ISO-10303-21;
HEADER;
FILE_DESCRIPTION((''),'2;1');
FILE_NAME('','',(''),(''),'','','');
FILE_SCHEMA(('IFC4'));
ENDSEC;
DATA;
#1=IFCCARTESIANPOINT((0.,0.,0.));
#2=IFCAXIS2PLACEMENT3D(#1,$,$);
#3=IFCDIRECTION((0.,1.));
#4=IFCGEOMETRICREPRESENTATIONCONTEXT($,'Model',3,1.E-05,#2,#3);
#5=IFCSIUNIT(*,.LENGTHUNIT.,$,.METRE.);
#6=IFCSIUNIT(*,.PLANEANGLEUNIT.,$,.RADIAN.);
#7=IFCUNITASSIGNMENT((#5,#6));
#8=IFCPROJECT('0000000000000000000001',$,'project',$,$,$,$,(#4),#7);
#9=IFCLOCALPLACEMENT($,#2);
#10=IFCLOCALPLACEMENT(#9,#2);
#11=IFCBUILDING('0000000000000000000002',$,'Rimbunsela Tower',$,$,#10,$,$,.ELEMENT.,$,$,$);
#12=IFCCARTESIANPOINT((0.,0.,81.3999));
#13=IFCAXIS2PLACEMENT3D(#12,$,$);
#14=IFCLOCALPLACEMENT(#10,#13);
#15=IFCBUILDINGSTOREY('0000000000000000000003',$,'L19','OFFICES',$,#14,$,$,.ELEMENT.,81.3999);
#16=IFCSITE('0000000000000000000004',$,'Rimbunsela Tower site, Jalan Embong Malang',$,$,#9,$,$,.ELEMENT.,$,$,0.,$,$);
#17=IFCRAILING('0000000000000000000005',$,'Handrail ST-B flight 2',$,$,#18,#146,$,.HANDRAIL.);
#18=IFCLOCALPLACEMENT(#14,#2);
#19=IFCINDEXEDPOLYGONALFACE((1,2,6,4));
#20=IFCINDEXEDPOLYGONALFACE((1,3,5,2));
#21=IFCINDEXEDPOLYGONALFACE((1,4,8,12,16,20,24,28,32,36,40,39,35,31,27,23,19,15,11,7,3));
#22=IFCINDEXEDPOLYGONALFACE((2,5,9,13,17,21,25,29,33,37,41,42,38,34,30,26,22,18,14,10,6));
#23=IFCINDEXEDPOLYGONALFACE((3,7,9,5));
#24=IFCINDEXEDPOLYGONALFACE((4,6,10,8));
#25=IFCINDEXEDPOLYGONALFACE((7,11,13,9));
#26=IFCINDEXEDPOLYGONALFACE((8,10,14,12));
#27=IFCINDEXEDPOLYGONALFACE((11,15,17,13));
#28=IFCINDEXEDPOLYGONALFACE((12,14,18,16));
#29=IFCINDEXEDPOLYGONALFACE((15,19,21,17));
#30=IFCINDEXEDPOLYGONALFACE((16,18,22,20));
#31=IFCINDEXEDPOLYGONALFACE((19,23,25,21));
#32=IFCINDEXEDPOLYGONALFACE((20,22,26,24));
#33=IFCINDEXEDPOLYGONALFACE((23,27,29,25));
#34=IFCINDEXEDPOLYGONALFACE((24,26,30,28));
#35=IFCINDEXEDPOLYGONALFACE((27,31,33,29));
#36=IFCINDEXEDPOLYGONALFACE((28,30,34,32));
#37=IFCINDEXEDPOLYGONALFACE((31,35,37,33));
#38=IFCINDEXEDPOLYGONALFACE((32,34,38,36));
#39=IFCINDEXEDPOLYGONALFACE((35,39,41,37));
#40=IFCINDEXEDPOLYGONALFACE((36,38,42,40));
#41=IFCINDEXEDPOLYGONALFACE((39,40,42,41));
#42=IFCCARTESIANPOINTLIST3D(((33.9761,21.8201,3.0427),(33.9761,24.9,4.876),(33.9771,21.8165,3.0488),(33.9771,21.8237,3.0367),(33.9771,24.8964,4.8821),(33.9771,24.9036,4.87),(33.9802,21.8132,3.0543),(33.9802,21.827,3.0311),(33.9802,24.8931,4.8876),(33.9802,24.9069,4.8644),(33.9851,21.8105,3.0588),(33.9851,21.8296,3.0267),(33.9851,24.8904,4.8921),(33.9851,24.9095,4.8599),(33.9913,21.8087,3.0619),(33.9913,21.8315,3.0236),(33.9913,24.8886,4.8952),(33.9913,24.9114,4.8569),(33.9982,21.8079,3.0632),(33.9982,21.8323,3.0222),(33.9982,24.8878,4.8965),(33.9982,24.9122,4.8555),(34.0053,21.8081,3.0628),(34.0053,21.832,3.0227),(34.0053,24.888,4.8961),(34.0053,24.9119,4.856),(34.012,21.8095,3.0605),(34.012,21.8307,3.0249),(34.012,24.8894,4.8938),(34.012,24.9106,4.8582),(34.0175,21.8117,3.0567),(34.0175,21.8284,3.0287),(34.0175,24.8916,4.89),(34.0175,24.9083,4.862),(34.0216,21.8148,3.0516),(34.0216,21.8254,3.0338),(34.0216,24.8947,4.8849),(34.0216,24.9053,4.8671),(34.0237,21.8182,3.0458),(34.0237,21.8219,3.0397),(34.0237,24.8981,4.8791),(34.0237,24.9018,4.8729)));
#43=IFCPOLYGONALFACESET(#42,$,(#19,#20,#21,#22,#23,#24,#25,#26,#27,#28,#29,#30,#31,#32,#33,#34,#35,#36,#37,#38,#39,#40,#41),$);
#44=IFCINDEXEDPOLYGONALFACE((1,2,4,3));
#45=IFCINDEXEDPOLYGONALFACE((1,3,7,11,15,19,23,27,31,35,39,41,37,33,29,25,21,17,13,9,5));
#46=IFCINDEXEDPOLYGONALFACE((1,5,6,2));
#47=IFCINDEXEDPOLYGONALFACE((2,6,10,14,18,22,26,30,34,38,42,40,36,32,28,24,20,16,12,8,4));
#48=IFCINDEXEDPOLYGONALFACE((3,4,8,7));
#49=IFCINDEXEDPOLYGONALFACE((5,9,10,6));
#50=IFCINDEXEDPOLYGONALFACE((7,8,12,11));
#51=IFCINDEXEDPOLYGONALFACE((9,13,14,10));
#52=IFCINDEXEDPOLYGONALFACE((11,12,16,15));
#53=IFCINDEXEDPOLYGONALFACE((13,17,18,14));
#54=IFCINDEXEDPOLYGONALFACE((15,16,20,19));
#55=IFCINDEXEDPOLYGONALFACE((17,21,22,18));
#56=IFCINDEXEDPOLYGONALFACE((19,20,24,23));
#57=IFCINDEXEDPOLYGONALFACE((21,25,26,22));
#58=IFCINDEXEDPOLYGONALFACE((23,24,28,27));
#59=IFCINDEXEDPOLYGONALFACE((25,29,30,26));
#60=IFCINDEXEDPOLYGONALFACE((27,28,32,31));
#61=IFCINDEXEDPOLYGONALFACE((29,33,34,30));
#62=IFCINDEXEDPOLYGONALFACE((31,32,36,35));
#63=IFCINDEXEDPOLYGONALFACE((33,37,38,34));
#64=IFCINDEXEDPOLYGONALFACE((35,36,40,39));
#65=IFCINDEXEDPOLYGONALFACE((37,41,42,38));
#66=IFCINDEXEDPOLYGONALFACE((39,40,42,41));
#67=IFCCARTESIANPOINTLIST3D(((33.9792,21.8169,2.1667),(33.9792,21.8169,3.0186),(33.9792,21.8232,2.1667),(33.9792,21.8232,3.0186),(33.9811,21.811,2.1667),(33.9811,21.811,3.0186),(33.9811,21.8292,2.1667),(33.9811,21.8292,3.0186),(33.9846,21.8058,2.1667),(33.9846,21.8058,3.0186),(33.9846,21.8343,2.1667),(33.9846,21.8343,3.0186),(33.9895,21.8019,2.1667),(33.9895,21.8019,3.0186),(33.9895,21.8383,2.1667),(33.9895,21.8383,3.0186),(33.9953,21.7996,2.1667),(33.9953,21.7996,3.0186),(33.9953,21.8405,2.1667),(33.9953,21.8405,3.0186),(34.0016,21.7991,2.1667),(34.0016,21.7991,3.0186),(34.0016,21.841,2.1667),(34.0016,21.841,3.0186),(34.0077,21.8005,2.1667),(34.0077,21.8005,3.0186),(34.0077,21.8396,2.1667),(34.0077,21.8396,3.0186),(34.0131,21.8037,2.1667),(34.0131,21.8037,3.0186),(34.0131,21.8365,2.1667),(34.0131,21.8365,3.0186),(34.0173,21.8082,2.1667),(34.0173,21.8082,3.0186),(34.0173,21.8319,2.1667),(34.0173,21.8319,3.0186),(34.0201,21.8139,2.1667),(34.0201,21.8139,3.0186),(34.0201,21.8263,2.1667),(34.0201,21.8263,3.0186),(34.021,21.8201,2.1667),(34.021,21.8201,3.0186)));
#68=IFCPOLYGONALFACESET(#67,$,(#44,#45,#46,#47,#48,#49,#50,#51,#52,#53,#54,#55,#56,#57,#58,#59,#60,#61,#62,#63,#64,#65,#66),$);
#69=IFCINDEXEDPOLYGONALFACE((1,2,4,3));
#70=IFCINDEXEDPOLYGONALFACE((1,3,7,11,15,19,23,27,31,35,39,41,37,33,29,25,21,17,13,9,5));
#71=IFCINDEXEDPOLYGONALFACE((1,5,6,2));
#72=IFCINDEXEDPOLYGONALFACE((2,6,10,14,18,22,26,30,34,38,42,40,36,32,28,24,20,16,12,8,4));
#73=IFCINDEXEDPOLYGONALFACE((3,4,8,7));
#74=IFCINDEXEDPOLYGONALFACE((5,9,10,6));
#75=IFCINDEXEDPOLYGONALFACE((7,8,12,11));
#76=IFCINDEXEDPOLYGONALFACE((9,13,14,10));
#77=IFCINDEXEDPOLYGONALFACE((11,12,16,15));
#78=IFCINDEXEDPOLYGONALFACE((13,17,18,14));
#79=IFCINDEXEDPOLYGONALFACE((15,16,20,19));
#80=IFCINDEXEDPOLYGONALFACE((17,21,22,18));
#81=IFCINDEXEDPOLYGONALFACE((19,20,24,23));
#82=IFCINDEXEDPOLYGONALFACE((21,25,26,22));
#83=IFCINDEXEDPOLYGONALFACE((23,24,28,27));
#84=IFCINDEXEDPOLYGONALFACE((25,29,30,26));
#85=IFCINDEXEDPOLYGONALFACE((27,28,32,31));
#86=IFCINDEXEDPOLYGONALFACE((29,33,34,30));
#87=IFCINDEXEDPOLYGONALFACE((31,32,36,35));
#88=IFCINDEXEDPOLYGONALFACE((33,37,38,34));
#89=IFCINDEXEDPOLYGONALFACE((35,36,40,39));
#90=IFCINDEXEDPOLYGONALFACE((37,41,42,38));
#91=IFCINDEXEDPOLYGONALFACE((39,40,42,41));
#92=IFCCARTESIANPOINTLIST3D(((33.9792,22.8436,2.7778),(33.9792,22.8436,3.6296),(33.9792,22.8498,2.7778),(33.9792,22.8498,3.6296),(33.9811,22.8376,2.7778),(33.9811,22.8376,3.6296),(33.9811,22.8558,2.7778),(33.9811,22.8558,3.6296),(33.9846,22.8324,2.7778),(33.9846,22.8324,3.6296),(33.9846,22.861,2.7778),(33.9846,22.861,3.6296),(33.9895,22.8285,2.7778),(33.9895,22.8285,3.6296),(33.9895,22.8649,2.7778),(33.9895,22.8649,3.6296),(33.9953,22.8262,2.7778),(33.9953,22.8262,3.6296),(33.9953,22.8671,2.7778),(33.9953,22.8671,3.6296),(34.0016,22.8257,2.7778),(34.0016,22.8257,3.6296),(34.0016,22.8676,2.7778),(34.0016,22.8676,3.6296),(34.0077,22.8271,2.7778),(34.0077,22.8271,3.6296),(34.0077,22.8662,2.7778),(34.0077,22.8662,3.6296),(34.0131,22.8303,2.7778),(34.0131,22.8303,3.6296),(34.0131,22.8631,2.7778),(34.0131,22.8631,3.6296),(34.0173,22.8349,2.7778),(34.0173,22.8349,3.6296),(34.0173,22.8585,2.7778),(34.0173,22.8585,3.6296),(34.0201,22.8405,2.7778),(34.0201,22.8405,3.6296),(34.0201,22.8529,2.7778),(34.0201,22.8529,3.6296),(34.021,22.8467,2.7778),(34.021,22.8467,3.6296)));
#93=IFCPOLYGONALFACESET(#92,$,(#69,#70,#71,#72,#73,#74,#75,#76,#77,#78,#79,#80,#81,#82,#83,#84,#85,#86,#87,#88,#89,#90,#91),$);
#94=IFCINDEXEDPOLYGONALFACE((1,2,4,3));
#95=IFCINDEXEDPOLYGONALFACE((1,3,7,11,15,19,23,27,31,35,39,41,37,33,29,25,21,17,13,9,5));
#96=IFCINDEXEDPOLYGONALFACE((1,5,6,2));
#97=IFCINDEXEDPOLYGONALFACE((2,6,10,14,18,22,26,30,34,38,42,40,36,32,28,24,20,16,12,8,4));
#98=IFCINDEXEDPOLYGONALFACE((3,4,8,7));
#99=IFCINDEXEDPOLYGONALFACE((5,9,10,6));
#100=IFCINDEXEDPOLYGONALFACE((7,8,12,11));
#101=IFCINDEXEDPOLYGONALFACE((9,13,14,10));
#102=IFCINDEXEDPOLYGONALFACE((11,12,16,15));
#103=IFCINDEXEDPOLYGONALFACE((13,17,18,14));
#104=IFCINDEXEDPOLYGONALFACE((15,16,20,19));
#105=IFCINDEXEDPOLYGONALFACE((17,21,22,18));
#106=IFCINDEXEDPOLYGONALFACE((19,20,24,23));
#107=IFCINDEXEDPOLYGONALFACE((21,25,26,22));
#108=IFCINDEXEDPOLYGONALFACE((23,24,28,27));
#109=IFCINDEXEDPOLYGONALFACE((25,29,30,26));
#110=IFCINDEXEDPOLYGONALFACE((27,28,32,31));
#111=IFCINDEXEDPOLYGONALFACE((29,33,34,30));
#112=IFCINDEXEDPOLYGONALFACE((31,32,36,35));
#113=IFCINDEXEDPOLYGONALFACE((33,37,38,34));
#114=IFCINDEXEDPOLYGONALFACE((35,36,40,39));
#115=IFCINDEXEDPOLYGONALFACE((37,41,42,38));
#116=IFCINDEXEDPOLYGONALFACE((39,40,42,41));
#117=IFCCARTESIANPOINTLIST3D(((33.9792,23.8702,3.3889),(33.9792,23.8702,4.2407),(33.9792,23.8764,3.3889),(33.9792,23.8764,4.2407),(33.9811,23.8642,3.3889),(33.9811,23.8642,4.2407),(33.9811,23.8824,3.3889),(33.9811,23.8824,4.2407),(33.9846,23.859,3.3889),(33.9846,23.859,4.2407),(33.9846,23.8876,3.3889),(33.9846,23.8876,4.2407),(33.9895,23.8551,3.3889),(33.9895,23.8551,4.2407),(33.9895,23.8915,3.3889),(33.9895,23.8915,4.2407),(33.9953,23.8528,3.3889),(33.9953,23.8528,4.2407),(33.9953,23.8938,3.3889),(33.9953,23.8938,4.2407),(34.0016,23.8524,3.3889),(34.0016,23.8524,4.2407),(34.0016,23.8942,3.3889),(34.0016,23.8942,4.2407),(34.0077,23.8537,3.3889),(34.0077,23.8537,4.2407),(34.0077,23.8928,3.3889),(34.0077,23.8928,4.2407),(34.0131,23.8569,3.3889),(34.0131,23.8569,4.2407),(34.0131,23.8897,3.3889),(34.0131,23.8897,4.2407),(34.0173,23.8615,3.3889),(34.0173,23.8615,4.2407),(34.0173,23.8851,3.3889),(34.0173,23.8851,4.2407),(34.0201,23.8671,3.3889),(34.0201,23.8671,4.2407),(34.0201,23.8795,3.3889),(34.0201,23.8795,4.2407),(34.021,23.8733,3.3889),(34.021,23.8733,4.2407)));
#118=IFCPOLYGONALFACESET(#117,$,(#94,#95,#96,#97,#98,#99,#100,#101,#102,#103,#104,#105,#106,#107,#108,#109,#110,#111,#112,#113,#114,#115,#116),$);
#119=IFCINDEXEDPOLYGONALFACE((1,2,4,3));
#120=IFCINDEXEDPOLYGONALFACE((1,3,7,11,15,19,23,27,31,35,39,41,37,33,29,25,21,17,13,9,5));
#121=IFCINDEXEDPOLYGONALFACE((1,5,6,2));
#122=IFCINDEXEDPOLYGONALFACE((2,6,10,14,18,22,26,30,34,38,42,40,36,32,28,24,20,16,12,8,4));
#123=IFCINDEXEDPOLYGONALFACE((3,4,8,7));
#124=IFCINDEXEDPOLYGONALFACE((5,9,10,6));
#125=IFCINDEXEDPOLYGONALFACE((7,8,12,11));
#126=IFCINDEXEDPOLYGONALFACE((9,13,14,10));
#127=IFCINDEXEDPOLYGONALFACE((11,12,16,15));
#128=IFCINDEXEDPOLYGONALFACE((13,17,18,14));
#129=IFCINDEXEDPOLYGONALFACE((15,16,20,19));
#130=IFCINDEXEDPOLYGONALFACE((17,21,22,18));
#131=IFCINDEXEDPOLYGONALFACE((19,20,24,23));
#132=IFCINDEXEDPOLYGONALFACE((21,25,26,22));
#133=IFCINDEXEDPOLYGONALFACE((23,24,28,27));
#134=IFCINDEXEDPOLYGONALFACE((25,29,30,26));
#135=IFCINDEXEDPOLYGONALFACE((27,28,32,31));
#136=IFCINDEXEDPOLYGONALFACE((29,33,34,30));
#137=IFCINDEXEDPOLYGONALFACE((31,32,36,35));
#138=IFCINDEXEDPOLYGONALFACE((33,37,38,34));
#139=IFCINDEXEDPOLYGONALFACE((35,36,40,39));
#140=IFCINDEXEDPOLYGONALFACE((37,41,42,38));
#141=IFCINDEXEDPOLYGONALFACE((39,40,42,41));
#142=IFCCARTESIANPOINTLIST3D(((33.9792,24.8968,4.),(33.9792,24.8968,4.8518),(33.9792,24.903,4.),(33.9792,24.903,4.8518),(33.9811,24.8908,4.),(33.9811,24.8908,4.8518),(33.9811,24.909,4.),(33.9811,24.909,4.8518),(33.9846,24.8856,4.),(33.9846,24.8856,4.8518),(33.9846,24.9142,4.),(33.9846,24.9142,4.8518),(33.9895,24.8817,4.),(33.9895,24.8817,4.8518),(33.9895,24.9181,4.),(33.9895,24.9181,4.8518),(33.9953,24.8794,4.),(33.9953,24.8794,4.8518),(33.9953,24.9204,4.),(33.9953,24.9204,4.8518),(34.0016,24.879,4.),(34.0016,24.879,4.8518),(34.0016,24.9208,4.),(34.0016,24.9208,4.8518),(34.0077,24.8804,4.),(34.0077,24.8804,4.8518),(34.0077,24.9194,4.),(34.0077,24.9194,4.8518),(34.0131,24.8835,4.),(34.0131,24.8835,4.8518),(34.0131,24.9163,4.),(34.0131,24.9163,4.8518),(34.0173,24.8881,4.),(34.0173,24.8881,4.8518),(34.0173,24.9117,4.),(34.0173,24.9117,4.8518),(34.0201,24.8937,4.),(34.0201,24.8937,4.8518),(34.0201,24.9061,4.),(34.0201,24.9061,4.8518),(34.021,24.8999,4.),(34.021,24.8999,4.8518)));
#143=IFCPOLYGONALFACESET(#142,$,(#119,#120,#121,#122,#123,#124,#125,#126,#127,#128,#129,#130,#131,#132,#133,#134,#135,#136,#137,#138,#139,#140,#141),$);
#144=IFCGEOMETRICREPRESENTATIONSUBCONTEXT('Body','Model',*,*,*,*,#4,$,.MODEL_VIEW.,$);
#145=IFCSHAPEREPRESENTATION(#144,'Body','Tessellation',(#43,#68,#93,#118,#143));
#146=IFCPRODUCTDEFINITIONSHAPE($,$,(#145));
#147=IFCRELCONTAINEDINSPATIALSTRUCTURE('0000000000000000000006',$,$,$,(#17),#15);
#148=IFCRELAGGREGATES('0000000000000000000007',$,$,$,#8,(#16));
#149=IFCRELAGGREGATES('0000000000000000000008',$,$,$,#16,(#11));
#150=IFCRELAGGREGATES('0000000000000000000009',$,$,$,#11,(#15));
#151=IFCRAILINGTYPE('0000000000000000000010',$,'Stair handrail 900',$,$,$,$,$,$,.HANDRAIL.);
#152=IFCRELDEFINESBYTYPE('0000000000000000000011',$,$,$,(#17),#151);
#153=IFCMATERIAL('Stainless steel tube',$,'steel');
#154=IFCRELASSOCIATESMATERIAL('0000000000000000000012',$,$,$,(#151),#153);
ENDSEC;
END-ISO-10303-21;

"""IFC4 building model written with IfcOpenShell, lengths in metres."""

from ifc_helpers import new_model, si_unit, direction, frame, origin, origin_2d, place, context, subcontext, project, spatial, circle, extrude, material, type_object, element, save


model = new_model("IFC4")

# Units and contexts
model_context = context("Model", 3, precision=1e-05, world=origin(), true_north=direction((0.0, 1.0)))
body_context = subcontext(model_context, "Body", "Model", "MODEL_VIEW")
ifc_project = project(units=[si_unit("LENGTHUNIT", "METRE"), si_unit("PLANEANGLEUNIT", "RADIAN")], contexts=[model_context])

# Site, building, storey
site_placement = place(None, origin())
site = spatial("IfcSite", under=ifc_project, at=site_placement, Name="Rimbunsela Tower site, Jalan Embong Malang", CompositionType="ELEMENT", RefElevation=0.0)
building_placement = place(site_placement, origin())
building = spatial("IfcBuilding", under=site, at=building_placement, Name="Rimbunsela Tower", CompositionType="ELEMENT")
storey_placement = place(building_placement, frame((0.0, 0.0, 81.3999)))
storey = spatial("IfcBuildingStorey", under=building, at=storey_placement, Name="L19", Description="OFFICES", CompositionType="ELEMENT", Elevation=81.3999)

# Railing
ifc_material_1 = material(Name="Stainless steel tube", Category="steel")
railing_type = type_object("IfcRailingType", Name="Stair handrail 900", PredefinedType="HANDRAIL", material=ifc_material_1)
railing_placement = place(storey_placement, frame((34.0, 21.8201, 2.1667)))
element("IfcRailing", 1, at=railing_placement, inside=storey, type_object=railing_type, Name="Handrail ST-B flight 2", PredefinedType="HANDRAIL", context=body_context, shape_type="SweptSolid", body=[
    extrude(circle(Radius=0.0239, at=origin_2d()), frame((0.0, 0.0, 0.876), z_axis=(0.0, 0.859291, 0.511487), x_axis=(-1.0, 0.0, 0.0)), (0.0, 0.0, 1.0), 3.5842),
    extrude(circle(Radius=0.021, at=origin_2d()), origin(), (0.0, 0.0, 1.0), 0.8518),
    extrude(circle(Radius=0.021, at=origin_2d()), frame((0.0, 1.0266, 0.6111)), (0.0, 0.0, 1.0), 0.8518),
    extrude(circle(Radius=0.021, at=origin_2d()), frame((0.0, 2.0532, 1.2222)), (0.0, 0.0, 1.0), 0.8518),
    extrude(circle(Radius=0.021, at=origin_2d()), frame((0.0, 3.0798, 1.8333)), (0.0, 0.0, 1.0), 0.8518),
])

save(model, "model.ifc")
